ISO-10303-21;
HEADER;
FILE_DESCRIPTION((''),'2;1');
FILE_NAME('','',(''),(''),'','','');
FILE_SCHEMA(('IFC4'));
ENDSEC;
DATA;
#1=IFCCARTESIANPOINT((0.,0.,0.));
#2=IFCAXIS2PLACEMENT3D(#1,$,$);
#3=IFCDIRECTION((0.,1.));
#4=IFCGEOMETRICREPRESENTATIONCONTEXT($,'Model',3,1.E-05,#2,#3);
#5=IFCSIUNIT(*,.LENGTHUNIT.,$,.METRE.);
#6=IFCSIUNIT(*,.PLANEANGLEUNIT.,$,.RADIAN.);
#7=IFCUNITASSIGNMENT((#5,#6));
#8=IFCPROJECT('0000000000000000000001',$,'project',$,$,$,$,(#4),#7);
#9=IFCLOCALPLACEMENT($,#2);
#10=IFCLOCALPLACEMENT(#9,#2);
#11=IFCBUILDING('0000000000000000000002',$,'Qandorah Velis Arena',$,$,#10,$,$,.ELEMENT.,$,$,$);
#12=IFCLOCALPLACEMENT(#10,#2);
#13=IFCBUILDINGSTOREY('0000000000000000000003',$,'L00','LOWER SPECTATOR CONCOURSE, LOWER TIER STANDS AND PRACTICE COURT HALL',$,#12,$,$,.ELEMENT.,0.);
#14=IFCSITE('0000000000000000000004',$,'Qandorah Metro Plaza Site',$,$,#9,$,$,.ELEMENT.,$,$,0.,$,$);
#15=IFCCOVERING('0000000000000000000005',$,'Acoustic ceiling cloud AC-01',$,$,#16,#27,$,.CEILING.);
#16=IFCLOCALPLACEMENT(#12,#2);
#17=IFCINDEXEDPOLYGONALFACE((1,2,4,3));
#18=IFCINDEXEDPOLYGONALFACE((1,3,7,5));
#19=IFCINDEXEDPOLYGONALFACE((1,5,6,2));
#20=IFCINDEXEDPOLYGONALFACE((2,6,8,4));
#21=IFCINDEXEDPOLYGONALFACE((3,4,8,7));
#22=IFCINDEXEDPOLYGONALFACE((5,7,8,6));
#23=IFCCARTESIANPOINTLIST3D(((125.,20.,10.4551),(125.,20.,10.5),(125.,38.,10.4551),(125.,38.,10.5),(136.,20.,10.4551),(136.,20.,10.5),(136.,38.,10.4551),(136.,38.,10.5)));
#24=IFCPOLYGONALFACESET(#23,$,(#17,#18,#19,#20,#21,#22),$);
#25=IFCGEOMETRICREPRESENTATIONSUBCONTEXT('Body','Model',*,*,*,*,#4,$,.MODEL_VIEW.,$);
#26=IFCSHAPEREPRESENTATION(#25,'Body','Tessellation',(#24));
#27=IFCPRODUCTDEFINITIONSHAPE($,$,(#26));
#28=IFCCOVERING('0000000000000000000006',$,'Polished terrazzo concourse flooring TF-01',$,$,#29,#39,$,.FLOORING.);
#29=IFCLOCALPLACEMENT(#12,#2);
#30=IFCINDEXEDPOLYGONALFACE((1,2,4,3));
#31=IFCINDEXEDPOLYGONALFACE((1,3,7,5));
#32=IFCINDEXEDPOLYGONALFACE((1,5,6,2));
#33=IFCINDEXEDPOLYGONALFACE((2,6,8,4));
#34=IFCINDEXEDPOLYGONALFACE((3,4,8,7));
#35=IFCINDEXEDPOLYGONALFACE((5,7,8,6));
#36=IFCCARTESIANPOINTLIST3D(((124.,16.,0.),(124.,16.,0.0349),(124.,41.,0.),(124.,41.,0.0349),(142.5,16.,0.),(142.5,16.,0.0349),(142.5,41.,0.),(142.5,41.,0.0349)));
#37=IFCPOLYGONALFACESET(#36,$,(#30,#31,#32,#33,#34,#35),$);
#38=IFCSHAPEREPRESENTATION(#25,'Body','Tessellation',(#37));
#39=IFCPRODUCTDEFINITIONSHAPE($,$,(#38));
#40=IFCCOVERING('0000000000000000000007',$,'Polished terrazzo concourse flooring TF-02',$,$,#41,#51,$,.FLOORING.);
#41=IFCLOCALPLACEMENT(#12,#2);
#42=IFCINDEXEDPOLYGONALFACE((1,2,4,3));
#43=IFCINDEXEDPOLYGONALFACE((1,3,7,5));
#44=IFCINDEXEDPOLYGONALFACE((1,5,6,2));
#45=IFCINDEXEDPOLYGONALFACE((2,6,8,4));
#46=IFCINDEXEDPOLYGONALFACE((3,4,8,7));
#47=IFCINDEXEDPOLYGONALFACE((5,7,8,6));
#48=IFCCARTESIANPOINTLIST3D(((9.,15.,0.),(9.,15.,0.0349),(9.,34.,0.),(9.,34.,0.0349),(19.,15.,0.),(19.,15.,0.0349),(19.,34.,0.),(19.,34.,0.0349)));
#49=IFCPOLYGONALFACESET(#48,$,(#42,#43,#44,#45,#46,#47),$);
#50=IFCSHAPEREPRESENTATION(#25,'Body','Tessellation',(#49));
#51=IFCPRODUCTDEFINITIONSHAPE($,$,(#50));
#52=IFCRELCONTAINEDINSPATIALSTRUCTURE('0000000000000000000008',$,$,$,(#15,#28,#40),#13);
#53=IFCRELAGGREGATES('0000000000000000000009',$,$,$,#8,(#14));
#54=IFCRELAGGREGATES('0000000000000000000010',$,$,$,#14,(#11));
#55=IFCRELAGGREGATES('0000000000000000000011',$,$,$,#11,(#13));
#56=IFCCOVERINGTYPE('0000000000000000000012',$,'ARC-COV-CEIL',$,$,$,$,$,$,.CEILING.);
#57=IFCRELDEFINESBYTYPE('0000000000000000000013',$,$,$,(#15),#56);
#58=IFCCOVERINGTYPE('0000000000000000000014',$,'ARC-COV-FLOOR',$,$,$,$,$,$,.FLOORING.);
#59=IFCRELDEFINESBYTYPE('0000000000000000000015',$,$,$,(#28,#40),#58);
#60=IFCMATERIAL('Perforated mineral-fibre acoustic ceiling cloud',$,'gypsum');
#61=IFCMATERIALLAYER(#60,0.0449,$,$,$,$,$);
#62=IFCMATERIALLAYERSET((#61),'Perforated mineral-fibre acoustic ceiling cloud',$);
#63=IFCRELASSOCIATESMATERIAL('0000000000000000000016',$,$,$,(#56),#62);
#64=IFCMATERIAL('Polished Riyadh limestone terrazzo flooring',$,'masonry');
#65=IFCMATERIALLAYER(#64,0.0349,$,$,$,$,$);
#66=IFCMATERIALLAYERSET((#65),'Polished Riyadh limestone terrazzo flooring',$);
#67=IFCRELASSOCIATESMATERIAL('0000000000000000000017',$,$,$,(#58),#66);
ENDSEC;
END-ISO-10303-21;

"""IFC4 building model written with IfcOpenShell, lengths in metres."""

from ifc_helpers import new_model, si_unit, direction, frame, origin, place, context, subcontext, project, spatial, polyline, outline, extrude, material, layer, layer_set, type_object, element, save


model = new_model("IFC4")

# Units and contexts
model_context = context("Model", 3, precision=1e-05, world=origin(), true_north=direction((0.0, 1.0)))
body_context = subcontext(model_context, "Body", "Model", "MODEL_VIEW")
ifc_project = project(units=[si_unit("LENGTHUNIT", "METRE"), si_unit("PLANEANGLEUNIT", "RADIAN")], contexts=[model_context])

# Site, building, storey
site_placement = place(None, origin())
site = spatial("IfcSite", under=ifc_project, at=site_placement, Name="Qandorah Metro Plaza Site", CompositionType="ELEMENT", RefElevation=0.0)
building_placement = place(site_placement, origin())
building = spatial("IfcBuilding", under=site, at=building_placement, Name="Qandorah Velis Arena", CompositionType="ELEMENT")
storey_placement = place(building_placement, origin())
storey = spatial("IfcBuildingStorey", under=building, at=storey_placement, Name="L00", Description="LOWER SPECTATOR CONCOURSE, LOWER TIER STANDS AND PRACTICE COURT HALL", CompositionType="ELEMENT", Elevation=0.0)

# Coverings
ifc_material_1 = material(Name="Perforated mineral-fibre acoustic ceiling cloud", Category="gypsum")
ifc_layer_1 = layer(ifc_material_1, 0.0449)
ifc_layer_set_1 = layer_set([ifc_layer_1], Name="Perforated mineral-fibre acoustic ceiling cloud")
covering_type_1 = type_object("IfcCoveringType", Name="ARC-COV-CEIL", PredefinedType="CEILING", material=ifc_layer_set_1)
covering_1_placement = place(storey_placement, frame((0.0, 0.0, 10.4551)))
element("IfcCovering", 1, at=covering_1_placement, inside=storey, type_object=covering_type_1, Name="Acoustic ceiling cloud AC-01", PredefinedType="CEILING", context=body_context, shape_type="SweptSolid", body=[
    extrude(outline(polyline([(125.0, 20.0), (136.0, 20.0), (136.0, 38.0), (125.0, 38.0), (125.0, 20.0)])), origin(), (0.0, 0.0, 1.0), 0.0449),
])
ifc_material_2 = material(Name="Polished Riyadh limestone terrazzo flooring", Category="masonry")
ifc_layer_2 = layer(ifc_material_2, 0.0349)
ifc_layer_set_2 = layer_set([ifc_layer_2], Name="Polished Riyadh limestone terrazzo flooring")
covering_type_2 = type_object("IfcCoveringType", Name="ARC-COV-FLOOR", PredefinedType="FLOORING", material=ifc_layer_set_2)
covering_2_placement = place(storey_placement, origin())
element("IfcCovering", 2, at=covering_2_placement, inside=storey, type_object=covering_type_2, Name="Polished terrazzo concourse flooring TF-01", PredefinedType="FLOORING", context=body_context, shape_type="SweptSolid", body=[
    extrude(outline(polyline([(124.0, 16.0), (142.5, 16.0), (142.5, 41.0), (124.0, 41.0), (124.0, 16.0)])), origin(), (0.0, 0.0, 1.0), 0.0349),
])
covering_3_placement = place(storey_placement, origin())
element("IfcCovering", 3, at=covering_3_placement, inside=storey, type_object=covering_type_2, Name="Polished terrazzo concourse flooring TF-02", PredefinedType="FLOORING", context=body_context, shape_type="SweptSolid", body=[
    extrude(outline(polyline([(9.0, 15.0), (19.0, 15.0), (19.0, 34.0), (9.0, 34.0), (9.0, 15.0)])), origin(), (0.0, 0.0, 1.0), 0.0349),
])

save(model, "model.ifc")
